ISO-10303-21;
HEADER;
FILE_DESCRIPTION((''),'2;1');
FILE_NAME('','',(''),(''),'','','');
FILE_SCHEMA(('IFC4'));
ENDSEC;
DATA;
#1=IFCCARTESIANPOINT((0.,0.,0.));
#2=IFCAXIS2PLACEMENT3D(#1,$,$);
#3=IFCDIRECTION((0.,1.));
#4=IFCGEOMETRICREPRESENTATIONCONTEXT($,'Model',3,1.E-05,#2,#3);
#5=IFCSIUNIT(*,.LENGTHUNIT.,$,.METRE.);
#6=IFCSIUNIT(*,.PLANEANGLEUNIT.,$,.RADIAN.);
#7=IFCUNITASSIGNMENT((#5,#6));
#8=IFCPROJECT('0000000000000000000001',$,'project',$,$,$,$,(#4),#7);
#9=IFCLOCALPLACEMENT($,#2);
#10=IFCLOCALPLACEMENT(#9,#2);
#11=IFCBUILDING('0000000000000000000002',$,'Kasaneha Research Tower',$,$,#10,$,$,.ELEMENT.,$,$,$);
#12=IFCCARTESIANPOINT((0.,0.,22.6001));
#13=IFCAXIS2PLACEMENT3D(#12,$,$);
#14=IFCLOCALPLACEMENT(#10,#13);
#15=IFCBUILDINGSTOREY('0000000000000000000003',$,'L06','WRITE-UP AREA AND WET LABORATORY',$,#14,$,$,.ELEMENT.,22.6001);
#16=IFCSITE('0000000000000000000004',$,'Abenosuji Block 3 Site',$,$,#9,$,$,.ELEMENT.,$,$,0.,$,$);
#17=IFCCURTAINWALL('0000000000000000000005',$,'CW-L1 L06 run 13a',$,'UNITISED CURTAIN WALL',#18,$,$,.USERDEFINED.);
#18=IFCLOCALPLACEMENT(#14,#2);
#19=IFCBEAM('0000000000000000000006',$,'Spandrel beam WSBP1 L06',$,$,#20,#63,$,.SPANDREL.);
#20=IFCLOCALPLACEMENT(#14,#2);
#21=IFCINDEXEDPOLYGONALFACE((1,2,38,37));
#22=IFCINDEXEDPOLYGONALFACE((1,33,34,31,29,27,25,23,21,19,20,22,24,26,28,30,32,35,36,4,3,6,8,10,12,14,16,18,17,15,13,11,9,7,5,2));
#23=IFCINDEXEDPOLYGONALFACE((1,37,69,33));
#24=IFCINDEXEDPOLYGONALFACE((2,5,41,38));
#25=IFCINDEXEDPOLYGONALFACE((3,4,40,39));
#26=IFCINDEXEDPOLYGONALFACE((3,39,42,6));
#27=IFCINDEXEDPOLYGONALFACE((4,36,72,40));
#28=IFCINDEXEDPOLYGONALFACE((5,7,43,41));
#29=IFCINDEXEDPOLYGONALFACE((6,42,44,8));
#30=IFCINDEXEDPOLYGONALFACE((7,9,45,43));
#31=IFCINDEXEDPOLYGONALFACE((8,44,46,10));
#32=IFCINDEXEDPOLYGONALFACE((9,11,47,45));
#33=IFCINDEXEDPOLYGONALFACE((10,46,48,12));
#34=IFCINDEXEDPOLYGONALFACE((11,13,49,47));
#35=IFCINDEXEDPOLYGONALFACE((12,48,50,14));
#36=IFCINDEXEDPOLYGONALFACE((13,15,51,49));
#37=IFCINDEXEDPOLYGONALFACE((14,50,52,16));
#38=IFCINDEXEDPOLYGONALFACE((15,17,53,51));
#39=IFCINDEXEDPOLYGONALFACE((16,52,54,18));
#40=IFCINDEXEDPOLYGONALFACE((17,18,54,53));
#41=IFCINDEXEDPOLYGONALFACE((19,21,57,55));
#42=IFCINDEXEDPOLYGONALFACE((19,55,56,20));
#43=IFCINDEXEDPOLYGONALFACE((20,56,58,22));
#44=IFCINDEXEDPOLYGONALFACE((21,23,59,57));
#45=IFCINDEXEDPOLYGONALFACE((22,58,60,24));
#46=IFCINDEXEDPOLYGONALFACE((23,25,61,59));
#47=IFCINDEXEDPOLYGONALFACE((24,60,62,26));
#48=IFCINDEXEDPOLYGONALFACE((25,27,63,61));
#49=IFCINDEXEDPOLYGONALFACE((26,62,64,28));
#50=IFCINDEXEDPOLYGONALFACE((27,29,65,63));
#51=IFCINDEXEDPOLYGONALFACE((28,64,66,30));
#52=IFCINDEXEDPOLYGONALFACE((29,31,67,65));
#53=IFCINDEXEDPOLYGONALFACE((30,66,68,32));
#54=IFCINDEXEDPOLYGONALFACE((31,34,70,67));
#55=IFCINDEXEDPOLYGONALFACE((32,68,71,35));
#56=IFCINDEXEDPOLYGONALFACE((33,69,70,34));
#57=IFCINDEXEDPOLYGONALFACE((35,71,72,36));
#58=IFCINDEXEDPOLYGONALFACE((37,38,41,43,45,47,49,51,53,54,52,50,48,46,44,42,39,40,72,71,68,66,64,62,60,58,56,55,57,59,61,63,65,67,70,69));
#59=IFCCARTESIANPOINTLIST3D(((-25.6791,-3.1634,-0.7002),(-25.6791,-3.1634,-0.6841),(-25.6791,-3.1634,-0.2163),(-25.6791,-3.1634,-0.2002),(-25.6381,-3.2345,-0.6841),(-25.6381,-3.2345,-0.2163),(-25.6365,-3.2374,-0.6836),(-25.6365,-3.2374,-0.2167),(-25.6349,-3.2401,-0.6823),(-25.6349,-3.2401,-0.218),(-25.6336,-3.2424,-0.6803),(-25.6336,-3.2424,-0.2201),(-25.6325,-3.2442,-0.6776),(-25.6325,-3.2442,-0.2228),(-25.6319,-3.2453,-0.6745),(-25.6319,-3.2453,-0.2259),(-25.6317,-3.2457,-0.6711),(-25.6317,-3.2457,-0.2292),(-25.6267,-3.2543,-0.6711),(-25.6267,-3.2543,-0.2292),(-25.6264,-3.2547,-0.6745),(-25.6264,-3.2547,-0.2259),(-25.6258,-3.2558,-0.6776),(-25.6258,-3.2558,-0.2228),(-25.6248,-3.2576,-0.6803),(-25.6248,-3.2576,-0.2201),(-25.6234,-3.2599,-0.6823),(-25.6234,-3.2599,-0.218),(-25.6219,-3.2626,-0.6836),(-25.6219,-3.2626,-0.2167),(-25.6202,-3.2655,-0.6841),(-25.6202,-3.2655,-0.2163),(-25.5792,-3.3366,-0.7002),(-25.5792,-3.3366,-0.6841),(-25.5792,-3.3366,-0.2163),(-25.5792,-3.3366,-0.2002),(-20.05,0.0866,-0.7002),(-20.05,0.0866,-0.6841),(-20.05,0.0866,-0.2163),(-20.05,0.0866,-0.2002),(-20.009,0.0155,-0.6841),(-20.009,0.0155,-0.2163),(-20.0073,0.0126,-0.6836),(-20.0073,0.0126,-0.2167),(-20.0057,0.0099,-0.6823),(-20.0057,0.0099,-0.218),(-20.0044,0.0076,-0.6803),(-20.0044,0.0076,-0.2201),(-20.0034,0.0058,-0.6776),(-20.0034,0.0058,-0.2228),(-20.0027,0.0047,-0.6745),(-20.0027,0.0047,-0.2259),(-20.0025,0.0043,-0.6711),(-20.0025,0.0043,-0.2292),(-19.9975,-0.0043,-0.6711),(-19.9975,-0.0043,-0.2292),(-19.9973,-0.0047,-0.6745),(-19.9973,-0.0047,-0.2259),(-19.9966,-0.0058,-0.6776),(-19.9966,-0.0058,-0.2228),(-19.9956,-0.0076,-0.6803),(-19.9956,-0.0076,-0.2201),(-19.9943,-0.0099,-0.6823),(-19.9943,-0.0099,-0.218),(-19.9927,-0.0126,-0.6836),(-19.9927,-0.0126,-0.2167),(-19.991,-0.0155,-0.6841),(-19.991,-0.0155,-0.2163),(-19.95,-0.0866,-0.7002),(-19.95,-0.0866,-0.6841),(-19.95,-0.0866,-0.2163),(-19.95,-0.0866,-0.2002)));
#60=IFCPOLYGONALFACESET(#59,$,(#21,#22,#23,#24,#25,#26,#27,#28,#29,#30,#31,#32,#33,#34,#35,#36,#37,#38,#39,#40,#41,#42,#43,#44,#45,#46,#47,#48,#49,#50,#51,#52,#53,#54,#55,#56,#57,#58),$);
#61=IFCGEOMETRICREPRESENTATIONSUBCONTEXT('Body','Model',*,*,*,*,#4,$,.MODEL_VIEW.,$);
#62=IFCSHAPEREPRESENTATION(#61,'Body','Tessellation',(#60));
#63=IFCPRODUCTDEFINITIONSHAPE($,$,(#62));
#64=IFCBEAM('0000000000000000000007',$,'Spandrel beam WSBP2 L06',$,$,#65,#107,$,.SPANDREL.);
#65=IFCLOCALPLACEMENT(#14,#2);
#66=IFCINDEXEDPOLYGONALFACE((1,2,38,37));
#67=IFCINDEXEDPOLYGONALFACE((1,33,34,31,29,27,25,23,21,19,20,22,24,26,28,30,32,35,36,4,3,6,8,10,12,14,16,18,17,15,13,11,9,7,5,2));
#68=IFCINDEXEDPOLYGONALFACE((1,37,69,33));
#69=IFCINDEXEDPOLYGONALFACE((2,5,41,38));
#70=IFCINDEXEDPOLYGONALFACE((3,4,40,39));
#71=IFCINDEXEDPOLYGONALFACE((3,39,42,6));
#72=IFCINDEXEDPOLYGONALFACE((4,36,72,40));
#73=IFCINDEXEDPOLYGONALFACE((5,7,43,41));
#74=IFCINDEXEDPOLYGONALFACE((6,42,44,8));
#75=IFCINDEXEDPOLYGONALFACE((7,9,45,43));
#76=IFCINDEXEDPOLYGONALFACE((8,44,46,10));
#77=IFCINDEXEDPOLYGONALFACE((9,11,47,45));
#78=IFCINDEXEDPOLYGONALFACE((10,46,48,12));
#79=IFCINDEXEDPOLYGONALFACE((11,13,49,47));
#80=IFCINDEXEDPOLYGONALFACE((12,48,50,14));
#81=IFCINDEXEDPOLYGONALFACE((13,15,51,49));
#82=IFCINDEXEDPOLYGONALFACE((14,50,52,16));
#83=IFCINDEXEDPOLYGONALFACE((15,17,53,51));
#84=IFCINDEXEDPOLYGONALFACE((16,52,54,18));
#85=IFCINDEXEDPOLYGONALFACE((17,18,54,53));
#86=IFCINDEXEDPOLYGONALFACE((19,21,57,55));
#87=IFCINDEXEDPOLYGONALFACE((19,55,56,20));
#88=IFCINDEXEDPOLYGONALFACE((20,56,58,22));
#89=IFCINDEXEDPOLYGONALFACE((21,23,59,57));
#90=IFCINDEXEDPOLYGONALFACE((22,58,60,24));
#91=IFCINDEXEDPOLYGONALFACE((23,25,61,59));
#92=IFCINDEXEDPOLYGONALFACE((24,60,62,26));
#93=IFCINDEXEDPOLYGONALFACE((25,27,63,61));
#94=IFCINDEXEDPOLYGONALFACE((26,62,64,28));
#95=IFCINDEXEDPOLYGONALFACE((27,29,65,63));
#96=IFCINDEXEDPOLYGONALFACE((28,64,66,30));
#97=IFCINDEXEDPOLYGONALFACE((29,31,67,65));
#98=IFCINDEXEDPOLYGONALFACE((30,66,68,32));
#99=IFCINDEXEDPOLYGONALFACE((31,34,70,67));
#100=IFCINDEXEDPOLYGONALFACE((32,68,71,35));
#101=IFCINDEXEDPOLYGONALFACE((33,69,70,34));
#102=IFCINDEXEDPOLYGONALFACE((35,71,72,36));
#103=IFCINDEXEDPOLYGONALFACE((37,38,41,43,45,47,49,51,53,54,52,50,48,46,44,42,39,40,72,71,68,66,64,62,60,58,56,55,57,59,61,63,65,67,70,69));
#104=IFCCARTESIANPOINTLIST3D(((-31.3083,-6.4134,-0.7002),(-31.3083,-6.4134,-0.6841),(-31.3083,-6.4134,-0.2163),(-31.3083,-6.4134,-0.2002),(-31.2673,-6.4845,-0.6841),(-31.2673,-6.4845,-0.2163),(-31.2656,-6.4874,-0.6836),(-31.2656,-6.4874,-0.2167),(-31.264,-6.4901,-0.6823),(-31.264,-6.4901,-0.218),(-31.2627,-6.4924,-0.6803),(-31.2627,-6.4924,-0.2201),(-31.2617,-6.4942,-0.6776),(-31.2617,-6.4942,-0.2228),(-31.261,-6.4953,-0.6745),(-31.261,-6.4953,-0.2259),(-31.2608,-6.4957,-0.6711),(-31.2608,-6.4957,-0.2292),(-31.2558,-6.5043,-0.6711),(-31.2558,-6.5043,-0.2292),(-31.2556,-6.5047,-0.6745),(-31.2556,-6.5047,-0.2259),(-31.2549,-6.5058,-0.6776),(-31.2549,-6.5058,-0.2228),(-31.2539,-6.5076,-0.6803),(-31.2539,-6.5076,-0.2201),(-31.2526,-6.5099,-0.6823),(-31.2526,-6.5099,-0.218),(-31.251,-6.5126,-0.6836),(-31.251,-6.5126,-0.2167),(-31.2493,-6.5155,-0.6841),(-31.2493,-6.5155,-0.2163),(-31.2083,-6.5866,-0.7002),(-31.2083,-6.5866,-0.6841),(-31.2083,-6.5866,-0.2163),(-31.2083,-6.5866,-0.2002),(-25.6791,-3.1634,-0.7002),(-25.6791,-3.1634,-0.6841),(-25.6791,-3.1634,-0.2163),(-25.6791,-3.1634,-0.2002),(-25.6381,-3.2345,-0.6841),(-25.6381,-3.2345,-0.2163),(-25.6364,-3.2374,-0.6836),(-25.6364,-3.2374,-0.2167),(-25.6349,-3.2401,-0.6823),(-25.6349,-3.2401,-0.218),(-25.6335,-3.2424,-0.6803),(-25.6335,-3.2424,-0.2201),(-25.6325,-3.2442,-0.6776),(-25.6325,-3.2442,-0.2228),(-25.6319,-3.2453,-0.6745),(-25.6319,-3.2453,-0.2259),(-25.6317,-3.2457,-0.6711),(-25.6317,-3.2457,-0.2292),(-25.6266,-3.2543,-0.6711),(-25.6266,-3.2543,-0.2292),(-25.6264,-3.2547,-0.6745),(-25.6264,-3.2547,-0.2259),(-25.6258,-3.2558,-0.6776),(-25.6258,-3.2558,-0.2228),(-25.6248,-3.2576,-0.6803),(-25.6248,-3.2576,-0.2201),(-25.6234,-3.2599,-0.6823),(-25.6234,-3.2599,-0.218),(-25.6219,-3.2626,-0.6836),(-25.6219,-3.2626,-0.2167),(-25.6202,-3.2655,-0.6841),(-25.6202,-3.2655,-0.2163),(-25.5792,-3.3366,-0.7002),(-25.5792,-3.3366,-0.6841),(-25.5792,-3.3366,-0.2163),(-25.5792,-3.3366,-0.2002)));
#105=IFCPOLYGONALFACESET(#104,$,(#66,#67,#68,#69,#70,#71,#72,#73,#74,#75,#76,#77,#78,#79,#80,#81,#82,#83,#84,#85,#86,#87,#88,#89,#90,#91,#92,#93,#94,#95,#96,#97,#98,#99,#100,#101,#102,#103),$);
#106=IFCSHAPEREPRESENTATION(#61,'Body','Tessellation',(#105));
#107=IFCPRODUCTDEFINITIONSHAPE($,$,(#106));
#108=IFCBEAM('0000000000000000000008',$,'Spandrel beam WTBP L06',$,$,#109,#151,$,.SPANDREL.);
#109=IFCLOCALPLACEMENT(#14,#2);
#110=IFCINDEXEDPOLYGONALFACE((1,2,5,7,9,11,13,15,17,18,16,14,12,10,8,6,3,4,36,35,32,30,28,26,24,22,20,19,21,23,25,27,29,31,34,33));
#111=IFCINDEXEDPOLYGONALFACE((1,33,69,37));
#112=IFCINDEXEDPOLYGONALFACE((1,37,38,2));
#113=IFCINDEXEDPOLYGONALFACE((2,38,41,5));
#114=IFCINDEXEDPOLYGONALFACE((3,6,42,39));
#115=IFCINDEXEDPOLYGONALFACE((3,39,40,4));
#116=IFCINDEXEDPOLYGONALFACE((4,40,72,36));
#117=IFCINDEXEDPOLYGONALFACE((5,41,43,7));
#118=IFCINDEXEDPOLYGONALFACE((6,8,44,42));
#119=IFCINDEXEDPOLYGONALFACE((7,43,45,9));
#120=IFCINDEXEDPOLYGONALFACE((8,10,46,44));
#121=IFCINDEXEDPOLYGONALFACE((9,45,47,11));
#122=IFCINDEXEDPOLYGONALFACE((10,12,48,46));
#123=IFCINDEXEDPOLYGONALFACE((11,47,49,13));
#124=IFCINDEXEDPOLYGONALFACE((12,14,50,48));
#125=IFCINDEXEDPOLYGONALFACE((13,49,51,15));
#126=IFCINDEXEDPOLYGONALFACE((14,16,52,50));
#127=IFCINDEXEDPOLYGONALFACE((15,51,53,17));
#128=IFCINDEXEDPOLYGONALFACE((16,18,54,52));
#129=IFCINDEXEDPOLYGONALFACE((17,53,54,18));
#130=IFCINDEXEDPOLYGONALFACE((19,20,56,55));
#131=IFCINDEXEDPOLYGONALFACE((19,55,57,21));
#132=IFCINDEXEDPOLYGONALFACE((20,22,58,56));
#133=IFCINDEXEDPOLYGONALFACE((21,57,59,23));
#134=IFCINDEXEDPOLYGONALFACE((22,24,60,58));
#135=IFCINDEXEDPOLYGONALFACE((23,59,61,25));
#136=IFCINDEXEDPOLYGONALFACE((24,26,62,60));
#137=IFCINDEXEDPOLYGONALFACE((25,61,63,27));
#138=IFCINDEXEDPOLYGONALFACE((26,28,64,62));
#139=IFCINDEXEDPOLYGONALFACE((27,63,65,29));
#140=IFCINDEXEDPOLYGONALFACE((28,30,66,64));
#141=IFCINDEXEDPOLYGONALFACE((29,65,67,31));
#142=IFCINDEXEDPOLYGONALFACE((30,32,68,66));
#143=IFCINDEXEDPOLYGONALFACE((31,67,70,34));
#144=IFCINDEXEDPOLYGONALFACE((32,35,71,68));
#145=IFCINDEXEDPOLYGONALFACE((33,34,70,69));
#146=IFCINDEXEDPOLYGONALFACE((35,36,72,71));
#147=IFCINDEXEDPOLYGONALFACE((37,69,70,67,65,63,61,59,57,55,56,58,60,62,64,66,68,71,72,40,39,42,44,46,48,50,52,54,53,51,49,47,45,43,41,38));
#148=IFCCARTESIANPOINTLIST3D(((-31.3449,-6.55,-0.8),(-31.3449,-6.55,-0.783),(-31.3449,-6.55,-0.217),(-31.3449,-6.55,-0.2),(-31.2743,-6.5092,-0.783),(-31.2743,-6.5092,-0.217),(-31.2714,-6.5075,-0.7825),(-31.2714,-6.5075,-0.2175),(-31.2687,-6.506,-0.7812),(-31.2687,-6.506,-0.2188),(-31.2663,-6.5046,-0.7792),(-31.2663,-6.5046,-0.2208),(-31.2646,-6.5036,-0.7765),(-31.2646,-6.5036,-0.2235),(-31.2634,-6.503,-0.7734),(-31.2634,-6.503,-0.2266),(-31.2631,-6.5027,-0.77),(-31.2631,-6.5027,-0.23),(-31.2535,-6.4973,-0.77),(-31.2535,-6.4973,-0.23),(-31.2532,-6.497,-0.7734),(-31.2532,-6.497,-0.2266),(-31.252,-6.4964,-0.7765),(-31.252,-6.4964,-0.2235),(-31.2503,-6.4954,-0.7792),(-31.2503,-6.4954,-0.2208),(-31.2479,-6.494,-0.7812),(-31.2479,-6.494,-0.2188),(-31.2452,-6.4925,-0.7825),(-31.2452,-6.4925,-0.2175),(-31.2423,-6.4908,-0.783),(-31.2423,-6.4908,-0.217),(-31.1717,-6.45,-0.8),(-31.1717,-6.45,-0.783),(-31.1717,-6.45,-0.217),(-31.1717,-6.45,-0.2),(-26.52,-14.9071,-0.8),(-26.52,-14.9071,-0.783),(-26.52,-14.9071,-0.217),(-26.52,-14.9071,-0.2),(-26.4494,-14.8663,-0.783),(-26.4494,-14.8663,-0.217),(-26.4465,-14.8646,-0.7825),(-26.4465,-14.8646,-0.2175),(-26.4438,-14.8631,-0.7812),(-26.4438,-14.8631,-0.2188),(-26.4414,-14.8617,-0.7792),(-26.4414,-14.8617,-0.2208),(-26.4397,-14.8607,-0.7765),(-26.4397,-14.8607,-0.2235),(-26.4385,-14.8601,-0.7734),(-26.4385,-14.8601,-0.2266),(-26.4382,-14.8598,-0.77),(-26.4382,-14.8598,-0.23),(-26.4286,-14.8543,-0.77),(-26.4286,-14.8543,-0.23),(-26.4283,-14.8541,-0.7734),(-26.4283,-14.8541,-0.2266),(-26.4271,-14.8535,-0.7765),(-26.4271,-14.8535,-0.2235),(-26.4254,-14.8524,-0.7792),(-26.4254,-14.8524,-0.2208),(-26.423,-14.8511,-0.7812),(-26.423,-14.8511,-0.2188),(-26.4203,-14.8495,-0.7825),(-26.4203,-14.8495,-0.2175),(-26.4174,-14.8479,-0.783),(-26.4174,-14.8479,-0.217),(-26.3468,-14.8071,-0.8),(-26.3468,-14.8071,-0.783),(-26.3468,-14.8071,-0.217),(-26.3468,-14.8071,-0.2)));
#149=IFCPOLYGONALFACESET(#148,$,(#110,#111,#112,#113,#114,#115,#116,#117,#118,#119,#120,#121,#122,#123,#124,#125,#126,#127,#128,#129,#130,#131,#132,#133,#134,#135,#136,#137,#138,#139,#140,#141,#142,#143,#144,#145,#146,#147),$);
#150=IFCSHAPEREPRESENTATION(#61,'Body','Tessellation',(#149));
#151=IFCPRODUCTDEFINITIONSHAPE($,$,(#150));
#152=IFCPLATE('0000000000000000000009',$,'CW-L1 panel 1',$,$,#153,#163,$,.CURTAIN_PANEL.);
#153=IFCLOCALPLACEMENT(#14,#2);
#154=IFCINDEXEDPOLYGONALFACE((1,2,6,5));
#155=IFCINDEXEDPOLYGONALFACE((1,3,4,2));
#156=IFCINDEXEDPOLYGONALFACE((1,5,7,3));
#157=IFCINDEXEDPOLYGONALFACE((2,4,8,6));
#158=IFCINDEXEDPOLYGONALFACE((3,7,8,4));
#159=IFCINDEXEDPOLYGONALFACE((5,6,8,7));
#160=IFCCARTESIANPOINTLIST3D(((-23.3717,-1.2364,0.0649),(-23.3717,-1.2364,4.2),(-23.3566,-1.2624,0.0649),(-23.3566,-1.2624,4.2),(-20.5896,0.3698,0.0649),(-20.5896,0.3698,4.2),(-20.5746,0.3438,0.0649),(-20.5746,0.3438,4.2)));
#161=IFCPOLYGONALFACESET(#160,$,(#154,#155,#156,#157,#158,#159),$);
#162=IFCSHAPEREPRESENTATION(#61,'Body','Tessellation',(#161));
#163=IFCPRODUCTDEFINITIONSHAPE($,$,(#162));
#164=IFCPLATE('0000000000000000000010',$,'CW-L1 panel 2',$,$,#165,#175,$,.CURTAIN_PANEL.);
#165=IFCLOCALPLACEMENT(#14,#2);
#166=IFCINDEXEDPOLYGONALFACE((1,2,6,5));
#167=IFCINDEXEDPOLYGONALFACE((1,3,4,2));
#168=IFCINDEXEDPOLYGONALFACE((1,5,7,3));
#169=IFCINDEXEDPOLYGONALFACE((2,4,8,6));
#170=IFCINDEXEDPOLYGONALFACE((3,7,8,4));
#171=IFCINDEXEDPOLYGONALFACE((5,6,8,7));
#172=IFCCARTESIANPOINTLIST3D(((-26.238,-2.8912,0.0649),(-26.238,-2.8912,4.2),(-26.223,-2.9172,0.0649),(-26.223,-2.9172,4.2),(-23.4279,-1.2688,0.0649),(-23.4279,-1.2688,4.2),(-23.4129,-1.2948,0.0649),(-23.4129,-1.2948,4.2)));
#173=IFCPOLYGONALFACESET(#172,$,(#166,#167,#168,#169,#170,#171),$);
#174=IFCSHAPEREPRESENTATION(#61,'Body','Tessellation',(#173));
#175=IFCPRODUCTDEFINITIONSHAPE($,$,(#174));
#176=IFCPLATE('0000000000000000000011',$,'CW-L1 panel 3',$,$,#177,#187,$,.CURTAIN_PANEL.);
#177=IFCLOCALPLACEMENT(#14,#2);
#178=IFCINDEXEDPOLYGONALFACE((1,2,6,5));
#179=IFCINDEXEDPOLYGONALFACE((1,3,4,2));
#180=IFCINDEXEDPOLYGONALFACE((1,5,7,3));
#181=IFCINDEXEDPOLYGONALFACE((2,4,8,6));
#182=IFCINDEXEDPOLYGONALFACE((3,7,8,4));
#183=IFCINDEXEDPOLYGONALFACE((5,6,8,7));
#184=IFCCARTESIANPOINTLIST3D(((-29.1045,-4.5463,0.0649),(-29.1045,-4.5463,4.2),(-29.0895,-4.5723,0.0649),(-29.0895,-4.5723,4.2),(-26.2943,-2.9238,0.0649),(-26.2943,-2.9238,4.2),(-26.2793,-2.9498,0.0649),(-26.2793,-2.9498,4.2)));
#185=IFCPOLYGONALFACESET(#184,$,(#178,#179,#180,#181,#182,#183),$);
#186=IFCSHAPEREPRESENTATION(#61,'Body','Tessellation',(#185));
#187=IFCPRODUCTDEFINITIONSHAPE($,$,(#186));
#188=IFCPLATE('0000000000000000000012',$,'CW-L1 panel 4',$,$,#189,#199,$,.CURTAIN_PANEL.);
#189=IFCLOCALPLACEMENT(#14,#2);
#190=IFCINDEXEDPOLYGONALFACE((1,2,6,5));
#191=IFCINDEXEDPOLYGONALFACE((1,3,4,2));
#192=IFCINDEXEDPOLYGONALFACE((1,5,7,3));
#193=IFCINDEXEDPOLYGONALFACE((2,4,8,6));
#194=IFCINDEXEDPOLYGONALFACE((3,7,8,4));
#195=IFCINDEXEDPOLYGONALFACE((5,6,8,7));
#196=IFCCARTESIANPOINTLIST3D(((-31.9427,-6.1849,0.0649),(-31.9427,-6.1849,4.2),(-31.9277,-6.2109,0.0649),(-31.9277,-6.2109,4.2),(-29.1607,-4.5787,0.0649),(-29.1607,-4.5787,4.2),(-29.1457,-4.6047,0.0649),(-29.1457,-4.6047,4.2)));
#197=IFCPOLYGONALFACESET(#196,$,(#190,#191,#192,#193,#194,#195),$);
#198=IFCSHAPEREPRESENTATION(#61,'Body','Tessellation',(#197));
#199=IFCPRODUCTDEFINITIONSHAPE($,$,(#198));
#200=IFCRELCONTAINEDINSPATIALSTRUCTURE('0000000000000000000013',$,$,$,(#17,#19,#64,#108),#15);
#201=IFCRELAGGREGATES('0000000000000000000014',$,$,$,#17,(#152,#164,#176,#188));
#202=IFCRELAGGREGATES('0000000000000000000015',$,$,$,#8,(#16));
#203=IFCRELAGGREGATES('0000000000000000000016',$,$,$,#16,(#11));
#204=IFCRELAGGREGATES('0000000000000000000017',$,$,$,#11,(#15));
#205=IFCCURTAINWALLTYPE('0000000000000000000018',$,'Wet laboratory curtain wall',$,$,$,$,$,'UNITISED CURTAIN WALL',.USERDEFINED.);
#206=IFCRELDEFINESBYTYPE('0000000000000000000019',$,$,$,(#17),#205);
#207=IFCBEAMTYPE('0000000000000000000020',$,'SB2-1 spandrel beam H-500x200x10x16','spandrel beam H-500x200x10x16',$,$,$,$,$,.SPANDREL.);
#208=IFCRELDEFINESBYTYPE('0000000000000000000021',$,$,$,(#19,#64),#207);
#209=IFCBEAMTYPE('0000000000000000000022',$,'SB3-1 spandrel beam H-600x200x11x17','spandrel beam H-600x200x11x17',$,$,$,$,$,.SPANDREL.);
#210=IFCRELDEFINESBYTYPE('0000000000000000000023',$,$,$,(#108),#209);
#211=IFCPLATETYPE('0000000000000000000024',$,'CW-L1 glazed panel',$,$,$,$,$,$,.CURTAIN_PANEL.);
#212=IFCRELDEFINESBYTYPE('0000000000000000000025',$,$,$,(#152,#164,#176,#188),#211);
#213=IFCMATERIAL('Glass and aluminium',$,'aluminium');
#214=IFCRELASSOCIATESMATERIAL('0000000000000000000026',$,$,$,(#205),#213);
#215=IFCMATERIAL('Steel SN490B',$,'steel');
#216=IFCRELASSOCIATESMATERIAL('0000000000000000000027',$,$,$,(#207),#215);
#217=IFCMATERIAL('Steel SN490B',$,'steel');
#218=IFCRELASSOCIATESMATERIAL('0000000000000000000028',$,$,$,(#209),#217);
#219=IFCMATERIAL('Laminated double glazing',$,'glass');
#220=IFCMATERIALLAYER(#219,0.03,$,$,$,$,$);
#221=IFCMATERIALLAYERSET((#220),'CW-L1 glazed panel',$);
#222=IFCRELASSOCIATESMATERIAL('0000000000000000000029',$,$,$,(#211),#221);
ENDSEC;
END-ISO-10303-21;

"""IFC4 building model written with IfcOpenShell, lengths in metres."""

from ifc_helpers import new_model, si_unit, direction, frame, origin, origin_2d, place, context, subcontext, project, spatial, rectangle, i_section, extrude, material, layer, layer_set, material_profile, profile_set, type_object, element, aggregate, save


model = new_model("IFC4")

# Units and contexts
model_context = context("Model", 3, precision=1e-05, world=origin(), true_north=direction((0.0, 1.0)))
body_context = subcontext(model_context, "Body", "Model", "MODEL_VIEW")
ifc_project = project(units=[si_unit("LENGTHUNIT", "METRE"), si_unit("PLANEANGLEUNIT", "RADIAN")], contexts=[model_context])

# Site, building, storey
site_placement = place(None, origin())
site = spatial("IfcSite", under=ifc_project, at=site_placement, Name="Abenosuji Block 3 Site", CompositionType="ELEMENT", RefElevation=0.0)
building_placement = place(site_placement, origin())
building = spatial("IfcBuilding", under=site, at=building_placement, Name="Kasaneha Research Tower", CompositionType="ELEMENT")
storey_placement = place(building_placement, frame((0.0, 0.0, 22.6001)))
storey = spatial("IfcBuildingStorey", under=building, at=storey_placement, Name="L06", Description="WRITE-UP AREA AND WET LABORATORY", CompositionType="ELEMENT", Elevation=22.6001)

# Curtain wall
ifc_material_1 = material(Name="Glass and aluminium", Category="aluminium")
curtain_wall_type = type_object("IfcCurtainWallType", Name="Wet laboratory curtain wall", ElementType="UNITISED CURTAIN WALL", PredefinedType="USERDEFINED", material=ifc_material_1)
curtain_wall_1_placement = place(storey_placement, origin())
curtain_wall_1 = element("IfcCurtainWall", 1, at=curtain_wall_1_placement, inside=storey, type_object=curtain_wall_type, Name="CW-L1 L06 run 13a", ObjectType="UNITISED CURTAIN WALL", PredefinedType="USERDEFINED")

# Beams
ifc_material_2 = material(Name="Steel SN490B", Category="steel")
ifc_material_profile_1 = material_profile(ifc_material_2, i_section(OverallWidth=0.2, OverallDepth=0.5, WebThickness=0.01, FlangeThickness=0.0161, FilletRadius=0.0129, at=origin_2d()), Name="H-500x200x10x16")
ifc_profile_set_1 = profile_set([ifc_material_profile_1], Name="Steel SN490B")
beam_type_1 = type_object("IfcBeamType", Name="SB2-1 spandrel beam H-500x200x10x16", Description="spandrel beam H-500x200x10x16", PredefinedType="SPANDREL", material=ifc_profile_set_1)
for number, where, z_axis, x_axis, name in (
    (2, (-20.0, 0.0, -0.4502), (-0.866025, -0.500001, 0.0), (0.500001, -0.866025, 0.0), "Spandrel beam WSBP1 L06"),
    (3, (-25.6292, -3.25, -0.4502), (-0.866025, -0.500001, 0.0), (0.500001, -0.866025, 0.0), "Spandrel beam WSBP2 L06"),
):
    element("IfcBeam", number, at=place(storey_placement, frame(where, z_axis=z_axis, x_axis=x_axis)), inside=storey, type_object=beam_type_1, Name=name, PredefinedType="SPANDREL", context=body_context, shape_type="SweptSolid", body=[
        extrude(i_section(OverallWidth=0.2, OverallDepth=0.5, WebThickness=0.01, FlangeThickness=0.0161, FilletRadius=0.0129, at=origin_2d()), origin(), (0.0, 0.0, 1.0), 6.5),
    ])
ifc_material_3 = material(Name="Steel SN490B", Category="steel")
ifc_material_profile_2 = material_profile(ifc_material_3, i_section(OverallWidth=0.2, OverallDepth=0.6001, WebThickness=0.011, FlangeThickness=0.0171, FilletRadius=0.0129, at=origin_2d()), Name="H-600x200x11x17")
ifc_profile_set_2 = profile_set([ifc_material_profile_2], Name="Steel SN490B")
beam_type_2 = type_object("IfcBeamType", Name="SB3-1 spandrel beam H-600x200x11x17", Description="spandrel beam H-600x200x11x17", PredefinedType="SPANDREL", material=ifc_profile_set_2)
beam_1_placement = place(storey_placement, frame((-31.2583, -6.5, -0.5), z_axis=(0.499995, -0.866028, 0.0), x_axis=(0.866028, 0.499995, 0.0)))
element("IfcBeam", 4, at=beam_1_placement, inside=storey, type_object=beam_type_2, Name="Spandrel beam WTBP L06", PredefinedType="SPANDREL", context=body_context, shape_type="SweptSolid", body=[
    extrude(i_section(OverallWidth=0.2, OverallDepth=0.6001, WebThickness=0.011, FlangeThickness=0.0171, FilletRadius=0.0129, at=origin_2d()), origin(), (0.0, 0.0, 1.0), 9.6499),
])

# Plates
ifc_material_4 = material(Name="Laminated double glazing", Category="glass")
ifc_layer_1 = layer(ifc_material_4, 0.03)
ifc_layer_set_1 = layer_set([ifc_layer_1], Name="CW-L1 glazed panel")
plate_type = type_object("IfcPlateType", Name="CW-L1 glazed panel", PredefinedType="CURTAIN_PANEL", material=ifc_layer_set_1)
plate_1_placement = place(storey_placement, frame((-21.9731, -0.4463, 0.0649), z_axis=(0.0, 0.0, 1.0), x_axis=(-0.866025, -0.5, 0.0)))
plate_1 = element("IfcPlate", 5, at=plate_1_placement, type_object=plate_type, Name="CW-L1 panel 1", PredefinedType="CURTAIN_PANEL", context=body_context, shape_type="SweptSolid", body=[
    extrude(rectangle(XDim=3.2124, YDim=0.03, at=origin_2d()), origin(), (0.0, 0.0, 1.0), 4.135),
])
plate_2_placement = place(storey_placement, frame((-24.8254, -2.093, 0.0649), z_axis=(0.0, 0.0, 1.0), x_axis=(-0.866025, -0.5, 0.0)))
plate_2 = element("IfcPlate", 6, at=plate_2_placement, type_object=plate_type, Name="CW-L1 panel 2", PredefinedType="CURTAIN_PANEL", context=body_context, shape_type="SweptSolid", body=[
    extrude(rectangle(XDim=3.2449, YDim=0.03, at=origin_2d()), origin(), (0.0, 0.0, 1.0), 4.135),
])
plate_3_placement = place(storey_placement, frame((-27.6919, -3.748, 0.0649), z_axis=(0.0, 0.0, 1.0), x_axis=(-0.866025, -0.5, 0.0)))
plate_3 = element("IfcPlate", 7, at=plate_3_placement, type_object=plate_type, Name="CW-L1 panel 3", PredefinedType="CURTAIN_PANEL", context=body_context, shape_type="SweptSolid", body=[
    extrude(rectangle(XDim=3.2449, YDim=0.03, at=origin_2d()), origin(), (0.0, 0.0, 1.0), 4.135),
])
plate_4_placement = place(storey_placement, frame((-30.5442, -5.3948, 0.0649), z_axis=(0.0, 0.0, 1.0), x_axis=(-0.866025, -0.5, 0.0)))
plate_4 = element("IfcPlate", 8, at=plate_4_placement, type_object=plate_type, Name="CW-L1 panel 4", PredefinedType="CURTAIN_PANEL", context=body_context, shape_type="SweptSolid", body=[
    extrude(rectangle(XDim=3.2124, YDim=0.03, at=origin_2d()), origin(), (0.0, 0.0, 1.0), 4.135),
])
aggregate(curtain_wall_1, [plate_1, plate_2, plate_3, plate_4])

save(model, "model.ifc")
